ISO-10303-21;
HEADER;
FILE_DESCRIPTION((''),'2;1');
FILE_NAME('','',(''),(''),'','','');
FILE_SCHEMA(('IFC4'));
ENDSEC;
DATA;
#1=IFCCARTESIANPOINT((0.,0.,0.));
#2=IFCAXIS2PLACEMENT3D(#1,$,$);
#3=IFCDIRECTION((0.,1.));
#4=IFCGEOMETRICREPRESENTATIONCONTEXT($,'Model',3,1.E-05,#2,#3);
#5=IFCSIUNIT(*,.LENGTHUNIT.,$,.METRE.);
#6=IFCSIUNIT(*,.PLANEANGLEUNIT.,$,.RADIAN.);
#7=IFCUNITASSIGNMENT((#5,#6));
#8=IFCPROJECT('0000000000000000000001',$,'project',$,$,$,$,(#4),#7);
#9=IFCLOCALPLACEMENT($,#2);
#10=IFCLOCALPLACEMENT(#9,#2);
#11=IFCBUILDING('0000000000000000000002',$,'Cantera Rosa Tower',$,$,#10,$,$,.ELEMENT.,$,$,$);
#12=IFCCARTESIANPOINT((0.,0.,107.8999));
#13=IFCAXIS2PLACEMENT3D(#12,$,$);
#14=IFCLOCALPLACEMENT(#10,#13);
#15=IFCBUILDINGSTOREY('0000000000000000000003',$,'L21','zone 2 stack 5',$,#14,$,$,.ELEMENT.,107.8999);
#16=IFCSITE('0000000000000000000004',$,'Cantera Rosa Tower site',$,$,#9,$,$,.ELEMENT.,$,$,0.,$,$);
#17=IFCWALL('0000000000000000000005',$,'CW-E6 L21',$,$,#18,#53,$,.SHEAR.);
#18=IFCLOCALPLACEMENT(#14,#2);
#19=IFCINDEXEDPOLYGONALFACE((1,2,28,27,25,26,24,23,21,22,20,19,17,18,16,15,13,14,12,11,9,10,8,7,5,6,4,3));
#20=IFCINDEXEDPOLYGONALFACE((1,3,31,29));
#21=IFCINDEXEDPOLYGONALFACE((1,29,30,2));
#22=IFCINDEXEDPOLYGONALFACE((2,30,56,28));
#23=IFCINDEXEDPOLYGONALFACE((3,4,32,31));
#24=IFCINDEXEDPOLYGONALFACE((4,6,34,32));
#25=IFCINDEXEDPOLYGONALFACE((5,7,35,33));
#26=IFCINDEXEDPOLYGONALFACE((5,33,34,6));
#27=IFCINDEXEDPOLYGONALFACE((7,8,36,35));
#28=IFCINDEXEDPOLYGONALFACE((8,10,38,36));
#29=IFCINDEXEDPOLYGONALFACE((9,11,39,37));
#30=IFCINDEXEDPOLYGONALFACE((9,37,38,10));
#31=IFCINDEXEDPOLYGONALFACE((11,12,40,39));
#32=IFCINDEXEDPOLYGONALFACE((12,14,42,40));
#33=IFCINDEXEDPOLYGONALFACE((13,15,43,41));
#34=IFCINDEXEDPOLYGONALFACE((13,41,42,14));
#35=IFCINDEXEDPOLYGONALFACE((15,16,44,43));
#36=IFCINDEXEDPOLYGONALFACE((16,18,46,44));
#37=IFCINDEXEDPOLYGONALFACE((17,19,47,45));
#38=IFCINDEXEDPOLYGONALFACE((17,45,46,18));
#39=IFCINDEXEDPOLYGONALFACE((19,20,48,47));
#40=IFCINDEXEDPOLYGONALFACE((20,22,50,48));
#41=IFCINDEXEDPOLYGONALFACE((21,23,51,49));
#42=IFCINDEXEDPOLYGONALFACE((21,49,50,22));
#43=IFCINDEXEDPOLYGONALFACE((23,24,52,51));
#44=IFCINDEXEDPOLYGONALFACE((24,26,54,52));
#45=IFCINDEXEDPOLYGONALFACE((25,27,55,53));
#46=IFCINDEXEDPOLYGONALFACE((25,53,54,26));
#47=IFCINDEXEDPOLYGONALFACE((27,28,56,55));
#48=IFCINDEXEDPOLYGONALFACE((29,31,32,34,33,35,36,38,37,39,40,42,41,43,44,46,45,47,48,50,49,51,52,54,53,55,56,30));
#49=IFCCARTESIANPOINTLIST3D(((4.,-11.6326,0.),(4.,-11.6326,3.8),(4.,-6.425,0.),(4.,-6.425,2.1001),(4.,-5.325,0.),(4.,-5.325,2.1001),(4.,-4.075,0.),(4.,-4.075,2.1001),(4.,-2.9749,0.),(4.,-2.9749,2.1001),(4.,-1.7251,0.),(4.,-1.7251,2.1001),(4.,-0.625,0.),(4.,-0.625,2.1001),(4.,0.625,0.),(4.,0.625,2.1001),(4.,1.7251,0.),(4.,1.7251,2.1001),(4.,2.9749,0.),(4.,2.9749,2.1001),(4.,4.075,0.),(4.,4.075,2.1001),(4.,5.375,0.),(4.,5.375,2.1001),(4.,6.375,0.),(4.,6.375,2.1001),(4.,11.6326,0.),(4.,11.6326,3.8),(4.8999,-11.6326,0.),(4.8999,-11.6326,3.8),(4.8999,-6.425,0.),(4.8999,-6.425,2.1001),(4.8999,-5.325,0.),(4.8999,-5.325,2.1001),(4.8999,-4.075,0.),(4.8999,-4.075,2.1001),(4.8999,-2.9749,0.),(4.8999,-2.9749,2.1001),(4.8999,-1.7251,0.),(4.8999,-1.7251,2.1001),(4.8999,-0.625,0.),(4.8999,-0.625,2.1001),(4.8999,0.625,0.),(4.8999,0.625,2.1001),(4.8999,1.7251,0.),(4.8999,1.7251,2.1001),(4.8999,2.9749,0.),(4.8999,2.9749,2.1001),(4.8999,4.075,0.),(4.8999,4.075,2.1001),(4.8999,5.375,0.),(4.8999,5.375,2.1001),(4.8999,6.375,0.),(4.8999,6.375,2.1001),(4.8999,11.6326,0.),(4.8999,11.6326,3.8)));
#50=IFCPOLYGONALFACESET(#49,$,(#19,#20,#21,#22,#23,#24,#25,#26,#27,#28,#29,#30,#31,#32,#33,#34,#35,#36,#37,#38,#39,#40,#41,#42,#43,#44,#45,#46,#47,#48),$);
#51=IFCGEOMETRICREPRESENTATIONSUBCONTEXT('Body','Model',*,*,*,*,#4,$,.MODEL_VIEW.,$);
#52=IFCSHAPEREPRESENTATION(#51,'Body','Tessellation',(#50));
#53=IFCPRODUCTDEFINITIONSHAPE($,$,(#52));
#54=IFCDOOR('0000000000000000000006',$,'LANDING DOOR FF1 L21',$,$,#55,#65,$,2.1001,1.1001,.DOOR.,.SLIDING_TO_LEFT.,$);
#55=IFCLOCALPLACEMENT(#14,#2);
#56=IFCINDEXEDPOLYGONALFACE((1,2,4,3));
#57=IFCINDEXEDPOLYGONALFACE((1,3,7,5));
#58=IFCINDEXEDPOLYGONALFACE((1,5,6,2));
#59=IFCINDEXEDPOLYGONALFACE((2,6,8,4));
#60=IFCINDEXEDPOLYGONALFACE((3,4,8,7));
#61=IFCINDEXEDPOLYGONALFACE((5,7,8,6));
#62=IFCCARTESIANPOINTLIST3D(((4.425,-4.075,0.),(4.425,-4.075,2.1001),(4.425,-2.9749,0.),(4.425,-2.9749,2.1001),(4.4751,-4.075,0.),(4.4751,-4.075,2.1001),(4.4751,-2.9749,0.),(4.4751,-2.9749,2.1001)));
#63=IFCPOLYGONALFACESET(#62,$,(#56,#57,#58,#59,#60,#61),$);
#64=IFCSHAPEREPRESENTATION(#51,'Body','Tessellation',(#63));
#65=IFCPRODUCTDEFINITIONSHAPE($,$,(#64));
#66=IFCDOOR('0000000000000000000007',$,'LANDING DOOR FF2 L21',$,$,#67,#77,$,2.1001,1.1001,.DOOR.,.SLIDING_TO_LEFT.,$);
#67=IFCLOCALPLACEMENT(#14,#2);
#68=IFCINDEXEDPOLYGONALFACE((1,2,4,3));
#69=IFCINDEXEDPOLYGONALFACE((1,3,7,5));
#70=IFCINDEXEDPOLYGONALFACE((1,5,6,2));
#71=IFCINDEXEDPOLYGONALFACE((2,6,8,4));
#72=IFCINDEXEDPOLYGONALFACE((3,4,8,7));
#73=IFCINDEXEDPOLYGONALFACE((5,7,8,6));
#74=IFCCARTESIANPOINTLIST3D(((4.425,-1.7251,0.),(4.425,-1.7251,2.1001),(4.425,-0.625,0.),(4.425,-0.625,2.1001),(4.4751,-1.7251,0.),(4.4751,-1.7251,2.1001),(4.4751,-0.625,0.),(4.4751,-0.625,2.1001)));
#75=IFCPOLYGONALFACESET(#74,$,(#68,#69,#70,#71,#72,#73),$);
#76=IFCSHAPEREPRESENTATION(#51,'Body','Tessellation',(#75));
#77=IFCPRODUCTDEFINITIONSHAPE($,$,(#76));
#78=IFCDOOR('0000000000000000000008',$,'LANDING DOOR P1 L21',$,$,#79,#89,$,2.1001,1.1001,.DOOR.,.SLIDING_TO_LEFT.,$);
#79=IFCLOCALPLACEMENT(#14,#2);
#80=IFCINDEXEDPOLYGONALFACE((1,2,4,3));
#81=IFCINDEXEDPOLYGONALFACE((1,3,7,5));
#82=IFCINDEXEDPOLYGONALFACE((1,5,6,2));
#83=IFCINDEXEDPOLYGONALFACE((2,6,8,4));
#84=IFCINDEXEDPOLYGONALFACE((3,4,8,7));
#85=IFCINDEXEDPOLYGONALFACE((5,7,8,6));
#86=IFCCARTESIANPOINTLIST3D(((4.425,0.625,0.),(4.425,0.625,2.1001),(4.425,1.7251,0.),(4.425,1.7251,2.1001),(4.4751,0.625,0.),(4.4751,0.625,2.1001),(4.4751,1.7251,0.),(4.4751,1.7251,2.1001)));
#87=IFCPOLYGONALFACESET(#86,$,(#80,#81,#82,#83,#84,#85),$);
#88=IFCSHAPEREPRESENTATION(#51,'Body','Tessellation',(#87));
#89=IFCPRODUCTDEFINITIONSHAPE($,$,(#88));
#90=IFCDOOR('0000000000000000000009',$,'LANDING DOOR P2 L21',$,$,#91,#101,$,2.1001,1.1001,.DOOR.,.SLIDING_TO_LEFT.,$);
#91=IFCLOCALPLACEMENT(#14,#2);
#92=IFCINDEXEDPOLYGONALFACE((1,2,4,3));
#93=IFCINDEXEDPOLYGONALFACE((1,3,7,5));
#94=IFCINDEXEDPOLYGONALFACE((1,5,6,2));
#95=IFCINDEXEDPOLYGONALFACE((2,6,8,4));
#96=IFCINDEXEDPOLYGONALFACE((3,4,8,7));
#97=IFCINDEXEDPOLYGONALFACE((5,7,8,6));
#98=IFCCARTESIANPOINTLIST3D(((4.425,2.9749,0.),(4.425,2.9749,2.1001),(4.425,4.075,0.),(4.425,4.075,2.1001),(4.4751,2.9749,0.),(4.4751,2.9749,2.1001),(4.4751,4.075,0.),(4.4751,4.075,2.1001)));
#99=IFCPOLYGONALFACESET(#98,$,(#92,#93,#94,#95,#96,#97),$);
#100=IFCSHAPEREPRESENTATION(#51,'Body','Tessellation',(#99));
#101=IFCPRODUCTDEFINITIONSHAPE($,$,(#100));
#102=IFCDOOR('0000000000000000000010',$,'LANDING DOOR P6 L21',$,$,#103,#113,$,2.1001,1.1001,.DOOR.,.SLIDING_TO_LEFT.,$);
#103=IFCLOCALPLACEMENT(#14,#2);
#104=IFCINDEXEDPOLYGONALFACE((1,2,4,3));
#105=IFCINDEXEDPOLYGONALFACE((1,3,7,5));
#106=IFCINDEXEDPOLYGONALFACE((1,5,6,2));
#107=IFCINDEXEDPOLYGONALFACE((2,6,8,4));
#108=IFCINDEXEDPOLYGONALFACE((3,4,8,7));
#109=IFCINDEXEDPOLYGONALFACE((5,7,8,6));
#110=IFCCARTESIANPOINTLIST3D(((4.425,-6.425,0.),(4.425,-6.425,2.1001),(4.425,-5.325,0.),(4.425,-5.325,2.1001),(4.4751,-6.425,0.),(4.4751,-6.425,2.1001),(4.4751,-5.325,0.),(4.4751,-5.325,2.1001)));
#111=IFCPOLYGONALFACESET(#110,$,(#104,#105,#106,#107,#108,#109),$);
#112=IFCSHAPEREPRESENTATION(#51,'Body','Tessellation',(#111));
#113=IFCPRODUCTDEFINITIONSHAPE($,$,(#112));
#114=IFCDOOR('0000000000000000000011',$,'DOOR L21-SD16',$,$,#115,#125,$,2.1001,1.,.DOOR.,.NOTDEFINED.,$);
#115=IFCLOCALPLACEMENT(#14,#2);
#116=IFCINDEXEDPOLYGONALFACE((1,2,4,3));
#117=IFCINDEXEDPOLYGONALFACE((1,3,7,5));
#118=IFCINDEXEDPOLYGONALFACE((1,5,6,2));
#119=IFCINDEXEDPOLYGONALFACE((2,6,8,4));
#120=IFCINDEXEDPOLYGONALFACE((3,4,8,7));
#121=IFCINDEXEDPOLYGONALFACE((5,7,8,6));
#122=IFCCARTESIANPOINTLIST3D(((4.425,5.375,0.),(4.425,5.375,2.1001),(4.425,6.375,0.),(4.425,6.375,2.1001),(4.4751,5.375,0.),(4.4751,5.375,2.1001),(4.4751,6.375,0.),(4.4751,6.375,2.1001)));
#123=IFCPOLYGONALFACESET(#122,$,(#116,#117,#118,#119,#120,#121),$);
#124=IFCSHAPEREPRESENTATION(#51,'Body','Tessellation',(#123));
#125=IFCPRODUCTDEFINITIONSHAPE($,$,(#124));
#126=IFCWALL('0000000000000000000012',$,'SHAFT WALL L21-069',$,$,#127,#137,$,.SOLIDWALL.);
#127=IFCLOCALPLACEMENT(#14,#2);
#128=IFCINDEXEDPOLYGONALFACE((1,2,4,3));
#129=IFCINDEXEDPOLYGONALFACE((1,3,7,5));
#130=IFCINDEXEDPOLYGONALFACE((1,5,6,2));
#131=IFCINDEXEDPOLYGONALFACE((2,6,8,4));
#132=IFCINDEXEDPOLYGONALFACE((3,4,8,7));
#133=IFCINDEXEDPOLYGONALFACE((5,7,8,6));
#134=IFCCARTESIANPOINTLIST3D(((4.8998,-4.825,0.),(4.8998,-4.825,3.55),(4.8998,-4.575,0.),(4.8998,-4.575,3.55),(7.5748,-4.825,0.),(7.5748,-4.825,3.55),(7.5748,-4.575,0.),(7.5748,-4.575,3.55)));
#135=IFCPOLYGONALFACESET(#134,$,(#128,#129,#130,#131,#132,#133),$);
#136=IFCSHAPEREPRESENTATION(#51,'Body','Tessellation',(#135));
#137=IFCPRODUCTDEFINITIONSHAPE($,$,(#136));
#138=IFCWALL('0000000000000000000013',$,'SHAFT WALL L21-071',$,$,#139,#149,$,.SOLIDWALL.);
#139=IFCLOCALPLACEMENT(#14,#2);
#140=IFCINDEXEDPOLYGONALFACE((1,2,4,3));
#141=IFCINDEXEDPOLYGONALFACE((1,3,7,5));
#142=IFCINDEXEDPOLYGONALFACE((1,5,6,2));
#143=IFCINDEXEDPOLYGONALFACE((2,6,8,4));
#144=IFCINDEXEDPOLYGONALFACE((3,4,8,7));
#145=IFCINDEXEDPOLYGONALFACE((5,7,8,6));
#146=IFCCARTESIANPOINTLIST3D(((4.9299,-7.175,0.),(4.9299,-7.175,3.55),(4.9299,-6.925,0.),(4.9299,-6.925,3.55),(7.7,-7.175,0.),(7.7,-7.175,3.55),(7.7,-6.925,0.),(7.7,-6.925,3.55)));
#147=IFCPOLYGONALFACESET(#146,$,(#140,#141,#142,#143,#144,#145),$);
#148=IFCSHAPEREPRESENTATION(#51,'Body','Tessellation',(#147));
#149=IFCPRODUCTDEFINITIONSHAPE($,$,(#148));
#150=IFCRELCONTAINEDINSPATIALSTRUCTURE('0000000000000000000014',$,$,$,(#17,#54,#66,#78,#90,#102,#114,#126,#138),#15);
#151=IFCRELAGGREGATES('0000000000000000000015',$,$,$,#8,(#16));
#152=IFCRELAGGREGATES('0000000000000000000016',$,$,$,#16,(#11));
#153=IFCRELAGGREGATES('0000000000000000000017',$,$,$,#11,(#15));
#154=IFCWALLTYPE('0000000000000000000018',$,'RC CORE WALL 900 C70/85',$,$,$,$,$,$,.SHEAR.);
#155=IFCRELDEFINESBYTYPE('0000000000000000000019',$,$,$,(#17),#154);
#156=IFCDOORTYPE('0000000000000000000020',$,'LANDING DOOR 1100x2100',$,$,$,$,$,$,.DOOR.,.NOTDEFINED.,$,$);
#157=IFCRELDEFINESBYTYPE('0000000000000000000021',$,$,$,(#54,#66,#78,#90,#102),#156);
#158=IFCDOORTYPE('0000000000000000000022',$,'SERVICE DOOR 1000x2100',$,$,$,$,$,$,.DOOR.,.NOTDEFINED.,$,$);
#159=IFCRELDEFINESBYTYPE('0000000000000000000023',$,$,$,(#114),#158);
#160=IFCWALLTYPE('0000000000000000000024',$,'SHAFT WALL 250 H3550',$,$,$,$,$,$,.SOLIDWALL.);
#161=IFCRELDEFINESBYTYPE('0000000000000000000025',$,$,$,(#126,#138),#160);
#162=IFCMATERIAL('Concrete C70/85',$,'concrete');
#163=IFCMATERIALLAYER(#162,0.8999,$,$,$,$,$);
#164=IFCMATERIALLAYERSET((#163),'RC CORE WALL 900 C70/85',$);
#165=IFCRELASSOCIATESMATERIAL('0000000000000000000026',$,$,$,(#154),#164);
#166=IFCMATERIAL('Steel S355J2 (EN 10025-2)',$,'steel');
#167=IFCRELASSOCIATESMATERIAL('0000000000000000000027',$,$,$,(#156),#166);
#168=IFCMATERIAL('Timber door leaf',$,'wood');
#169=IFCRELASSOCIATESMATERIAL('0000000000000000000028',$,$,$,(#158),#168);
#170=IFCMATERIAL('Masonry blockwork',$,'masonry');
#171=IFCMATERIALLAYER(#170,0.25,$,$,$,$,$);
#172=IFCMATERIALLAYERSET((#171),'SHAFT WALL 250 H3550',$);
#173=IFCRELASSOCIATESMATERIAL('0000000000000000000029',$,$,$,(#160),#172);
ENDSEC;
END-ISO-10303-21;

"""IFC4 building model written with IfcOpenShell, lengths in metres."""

from ifc_helpers import new_model, si_unit, direction, frame, frame_2d, origin, place, context, subcontext, project, spatial, rectangle, extrude, material, layer, layer_set, type_object, element, fill, save


model = new_model("IFC4")

# Units and contexts
model_context = context("Model", 3, precision=1e-05, world=origin(), true_north=direction((0.0, 1.0)))
body_context = subcontext(model_context, "Body", "Model", "MODEL_VIEW")
ifc_project = project(units=[si_unit("LENGTHUNIT", "METRE"), si_unit("PLANEANGLEUNIT", "RADIAN")], contexts=[model_context])

# Site, building, storey
site_placement = place(None, origin())
site = spatial("IfcSite", under=ifc_project, at=site_placement, Name="Cantera Rosa Tower site", CompositionType="ELEMENT", RefElevation=0.0)
building_placement = place(site_placement, origin())
building = spatial("IfcBuilding", under=site, at=building_placement, Name="Cantera Rosa Tower", CompositionType="ELEMENT")
storey_placement = place(building_placement, frame((0.0, 0.0, 107.8999)))
storey = spatial("IfcBuildingStorey", under=building, at=storey_placement, Name="L21", Description="zone 2 stack 5", CompositionType="ELEMENT", Elevation=107.8999)

# Wall, openings, doors
ifc_material_1 = material(Name="Concrete C70/85", Category="concrete")
ifc_layer_1 = layer(ifc_material_1, 0.8999)
ifc_layer_set_1 = layer_set([ifc_layer_1], Name="RC CORE WALL 900 C70/85")
wall_type_1 = type_object("IfcWallType", Name="RC CORE WALL 900 C70/85", PredefinedType="SHEAR", material=ifc_layer_set_1)
wall_1_placement = place(storey_placement, frame((4.45, -11.6326, 0.0), z_axis=(0.0, 0.0, 1.0), x_axis=(0.0, 1.0, 0.0)))
wall_1 = element("IfcWall", 1, at=wall_1_placement, inside=storey, type_object=wall_type_1, Name="CW-E6 L21", PredefinedType="SHEAR", context=body_context, shape_type="SweptSolid", body=[
    extrude(rectangle(XDim=23.2651, YDim=0.8999, at=frame_2d((11.6326, 0.0))), origin(), (0.0, 0.0, 1.0), 3.8),
])
opening_1_placement = place(wall_1_placement, frame((7.5576, 0.0, 0.0)))
opening_1 = element("IfcOpeningElement", 2, at=opening_1_placement, cuts=wall_1, PredefinedType="OPENING", context=body_context, shape_type="SweptSolid", body=[
    extrude(rectangle(XDim=1.1001, YDim=2.1001, at=frame_2d((0.55, 1.05))), frame((0.0, 0.46, 0.0), z_axis=(0.0, -1.0, 0.0), x_axis=(1.0, 0.0, 0.0)), (0.0, 0.0, 1.0), 0.9199),
])
opening_2_placement = place(wall_1_placement, frame((9.9075, 0.0, 0.0)))
opening_2 = element("IfcOpeningElement", 3, at=opening_2_placement, cuts=wall_1, PredefinedType="OPENING", context=body_context, shape_type="SweptSolid", body=[
    extrude(rectangle(XDim=1.1001, YDim=2.1001, at=frame_2d((0.55, 1.05))), frame((0.0, 0.46, 0.0), z_axis=(0.0, -1.0, 0.0), x_axis=(1.0, 0.0, 0.0)), (0.0, 0.0, 1.0), 0.9199),
])
opening_3_placement = place(wall_1_placement, frame((12.2576, 0.0, 0.0)))
opening_3 = element("IfcOpeningElement", 4, at=opening_3_placement, cuts=wall_1, PredefinedType="OPENING", context=body_context, shape_type="SweptSolid", body=[
    extrude(rectangle(XDim=1.1001, YDim=2.1001, at=frame_2d((0.55, 1.05))), frame((0.0, 0.46, 0.0), z_axis=(0.0, -1.0, 0.0), x_axis=(1.0, 0.0, 0.0)), (0.0, 0.0, 1.0), 0.9199),
])
opening_4_placement = place(wall_1_placement, frame((14.6074, 0.0, 0.0)))
opening_4 = element("IfcOpeningElement", 5, at=opening_4_placement, cuts=wall_1, PredefinedType="OPENING", context=body_context, shape_type="SweptSolid", body=[
    extrude(rectangle(XDim=1.1001, YDim=2.1001, at=frame_2d((0.55, 1.05))), frame((0.0, 0.46, 0.0), z_axis=(0.0, -1.0, 0.0), x_axis=(1.0, 0.0, 0.0)), (0.0, 0.0, 1.0), 0.9199),
])
opening_5_placement = place(wall_1_placement, frame((5.2075, 0.0, 0.0)))
opening_5 = element("IfcOpeningElement", 6, at=opening_5_placement, cuts=wall_1, PredefinedType="OPENING", context=body_context, shape_type="SweptSolid", body=[
    extrude(rectangle(XDim=1.1001, YDim=2.1001, at=frame_2d((0.55, 1.05))), frame((0.0, 0.46, 0.0), z_axis=(0.0, -1.0, 0.0), x_axis=(1.0, 0.0, 0.0)), (0.0, 0.0, 1.0), 0.9199),
])
opening_6_placement = place(wall_1_placement, frame((17.0076, 0.0, 0.0)))
opening_6 = element("IfcOpeningElement", 7, at=opening_6_placement, cuts=wall_1, PredefinedType="OPENING", context=body_context, shape_type="SweptSolid", body=[
    extrude(rectangle(XDim=1.0, YDim=2.1001, at=frame_2d((0.5, 1.05))), frame((0.0, 0.46, 0.0), z_axis=(0.0, -1.0, 0.0), x_axis=(1.0, 0.0, 0.0)), (0.0, 0.0, 1.0), 0.9199),
])
ifc_material_2 = material(Name="Steel S355J2 (EN 10025-2)", Category="steel")
door_type_1 = type_object("IfcDoorType", Name="LANDING DOOR 1100x2100", OperationType="NOTDEFINED", PredefinedType="DOOR", material=ifc_material_2)
door_1_placement = place(opening_1_placement, origin())
door_1 = element("IfcDoor", 8, at=door_1_placement, inside=storey, type_object=door_type_1, Name="LANDING DOOR FF1 L21", OperationType="SLIDING_TO_LEFT", OverallHeight=2.1001, OverallWidth=1.1001, PredefinedType="DOOR", context=body_context, shape_type="SweptSolid", body=[
    extrude(rectangle(XDim=1.1001, YDim=2.1001, at=frame_2d((0.55, 1.05))), frame((0.0, 0.0249, 0.0), z_axis=(0.0, -1.0, 0.0), x_axis=(1.0, 0.0, 0.0)), (0.0, 0.0, 1.0), 0.05),
])
fill(opening_1, door_1)
door_2_placement = place(opening_2_placement, origin())
door_2 = element("IfcDoor", 9, at=door_2_placement, inside=storey, type_object=door_type_1, Name="LANDING DOOR FF2 L21", OperationType="SLIDING_TO_LEFT", OverallHeight=2.1001, OverallWidth=1.1001, PredefinedType="DOOR", context=body_context, shape_type="SweptSolid", body=[
    extrude(rectangle(XDim=1.1001, YDim=2.1001, at=frame_2d((0.55, 1.05))), frame((0.0, 0.0249, 0.0), z_axis=(0.0, -1.0, 0.0), x_axis=(1.0, 0.0, 0.0)), (0.0, 0.0, 1.0), 0.05),
])
fill(opening_2, door_2)
door_3_placement = place(opening_3_placement, origin())
door_3 = element("IfcDoor", 10, at=door_3_placement, inside=storey, type_object=door_type_1, Name="LANDING DOOR P1 L21", OperationType="SLIDING_TO_LEFT", OverallHeight=2.1001, OverallWidth=1.1001, PredefinedType="DOOR", context=body_context, shape_type="SweptSolid", body=[
    extrude(rectangle(XDim=1.1001, YDim=2.1001, at=frame_2d((0.55, 1.05))), frame((0.0, 0.0249, 0.0), z_axis=(0.0, -1.0, 0.0), x_axis=(1.0, 0.0, 0.0)), (0.0, 0.0, 1.0), 0.05),
])
fill(opening_3, door_3)
door_4_placement = place(opening_4_placement, origin())
door_4 = element("IfcDoor", 11, at=door_4_placement, inside=storey, type_object=door_type_1, Name="LANDING DOOR P2 L21", OperationType="SLIDING_TO_LEFT", OverallHeight=2.1001, OverallWidth=1.1001, PredefinedType="DOOR", context=body_context, shape_type="SweptSolid", body=[
    extrude(rectangle(XDim=1.1001, YDim=2.1001, at=frame_2d((0.55, 1.05))), frame((0.0, 0.0249, 0.0), z_axis=(0.0, -1.0, 0.0), x_axis=(1.0, 0.0, 0.0)), (0.0, 0.0, 1.0), 0.05),
])
fill(opening_4, door_4)
door_5_placement = place(opening_5_placement, origin())
door_5 = element("IfcDoor", 12, at=door_5_placement, inside=storey, type_object=door_type_1, Name="LANDING DOOR P6 L21", OperationType="SLIDING_TO_LEFT", OverallHeight=2.1001, OverallWidth=1.1001, PredefinedType="DOOR", context=body_context, shape_type="SweptSolid", body=[
    extrude(rectangle(XDim=1.1001, YDim=2.1001, at=frame_2d((0.55, 1.05))), frame((0.0, 0.0249, 0.0), z_axis=(0.0, -1.0, 0.0), x_axis=(1.0, 0.0, 0.0)), (0.0, 0.0, 1.0), 0.05),
])
fill(opening_5, door_5)
ifc_material_3 = material(Name="Timber door leaf", Category="wood")
door_type_2 = type_object("IfcDoorType", Name="SERVICE DOOR 1000x2100", OperationType="NOTDEFINED", PredefinedType="DOOR", material=ifc_material_3)
door_6_placement = place(opening_6_placement, origin())
door_6 = element("IfcDoor", 13, at=door_6_placement, inside=storey, type_object=door_type_2, Name="DOOR L21-SD16", OperationType="NOTDEFINED", OverallHeight=2.1001, OverallWidth=1.0, PredefinedType="DOOR", context=body_context, shape_type="SweptSolid", body=[
    extrude(rectangle(XDim=1.0, YDim=2.1001, at=frame_2d((0.5, 1.05))), frame((0.0, 0.0249, 0.0), z_axis=(0.0, -1.0, 0.0), x_axis=(1.0, 0.0, 0.0)), (0.0, 0.0, 1.0), 0.05),
])
fill(opening_6, door_6)

# Walls
ifc_material_4 = material(Name="Masonry blockwork", Category="masonry")
ifc_layer_2 = layer(ifc_material_4, 0.25)
ifc_layer_set_2 = layer_set([ifc_layer_2], Name="SHAFT WALL 250 H3550")
wall_type_2 = type_object("IfcWallType", Name="SHAFT WALL 250 H3550", PredefinedType="SOLIDWALL", material=ifc_layer_set_2)
wall_2_placement = place(storey_placement, frame((4.8999, -4.7, 0.0), z_axis=(0.0, 0.0, 1.0), x_axis=(1.0, 0.0, 0.0)))
element("IfcWall", 14, at=wall_2_placement, inside=storey, type_object=wall_type_2, Name="SHAFT WALL L21-069", PredefinedType="SOLIDWALL", context=body_context, shape_type="SweptSolid", body=[
    extrude(rectangle(XDim=2.675, YDim=0.25, at=frame_2d((1.3374, 0.0))), origin(), (0.0, 0.0, 1.0), 3.55),
])
wall_3_placement = place(storey_placement, frame((4.9299, -7.05, 0.0), z_axis=(0.0, 0.0, 1.0), x_axis=(1.0, 0.0, 0.0)))
element("IfcWall", 15, at=wall_3_placement, inside=storey, type_object=wall_type_2, Name="SHAFT WALL L21-071", PredefinedType="SOLIDWALL", context=body_context, shape_type="SweptSolid", body=[
    extrude(rectangle(XDim=2.77, YDim=0.25, at=frame_2d((1.385, 0.0))), origin(), (0.0, 0.0, 1.0), 3.55),
])

save(model, "model.ifc")
